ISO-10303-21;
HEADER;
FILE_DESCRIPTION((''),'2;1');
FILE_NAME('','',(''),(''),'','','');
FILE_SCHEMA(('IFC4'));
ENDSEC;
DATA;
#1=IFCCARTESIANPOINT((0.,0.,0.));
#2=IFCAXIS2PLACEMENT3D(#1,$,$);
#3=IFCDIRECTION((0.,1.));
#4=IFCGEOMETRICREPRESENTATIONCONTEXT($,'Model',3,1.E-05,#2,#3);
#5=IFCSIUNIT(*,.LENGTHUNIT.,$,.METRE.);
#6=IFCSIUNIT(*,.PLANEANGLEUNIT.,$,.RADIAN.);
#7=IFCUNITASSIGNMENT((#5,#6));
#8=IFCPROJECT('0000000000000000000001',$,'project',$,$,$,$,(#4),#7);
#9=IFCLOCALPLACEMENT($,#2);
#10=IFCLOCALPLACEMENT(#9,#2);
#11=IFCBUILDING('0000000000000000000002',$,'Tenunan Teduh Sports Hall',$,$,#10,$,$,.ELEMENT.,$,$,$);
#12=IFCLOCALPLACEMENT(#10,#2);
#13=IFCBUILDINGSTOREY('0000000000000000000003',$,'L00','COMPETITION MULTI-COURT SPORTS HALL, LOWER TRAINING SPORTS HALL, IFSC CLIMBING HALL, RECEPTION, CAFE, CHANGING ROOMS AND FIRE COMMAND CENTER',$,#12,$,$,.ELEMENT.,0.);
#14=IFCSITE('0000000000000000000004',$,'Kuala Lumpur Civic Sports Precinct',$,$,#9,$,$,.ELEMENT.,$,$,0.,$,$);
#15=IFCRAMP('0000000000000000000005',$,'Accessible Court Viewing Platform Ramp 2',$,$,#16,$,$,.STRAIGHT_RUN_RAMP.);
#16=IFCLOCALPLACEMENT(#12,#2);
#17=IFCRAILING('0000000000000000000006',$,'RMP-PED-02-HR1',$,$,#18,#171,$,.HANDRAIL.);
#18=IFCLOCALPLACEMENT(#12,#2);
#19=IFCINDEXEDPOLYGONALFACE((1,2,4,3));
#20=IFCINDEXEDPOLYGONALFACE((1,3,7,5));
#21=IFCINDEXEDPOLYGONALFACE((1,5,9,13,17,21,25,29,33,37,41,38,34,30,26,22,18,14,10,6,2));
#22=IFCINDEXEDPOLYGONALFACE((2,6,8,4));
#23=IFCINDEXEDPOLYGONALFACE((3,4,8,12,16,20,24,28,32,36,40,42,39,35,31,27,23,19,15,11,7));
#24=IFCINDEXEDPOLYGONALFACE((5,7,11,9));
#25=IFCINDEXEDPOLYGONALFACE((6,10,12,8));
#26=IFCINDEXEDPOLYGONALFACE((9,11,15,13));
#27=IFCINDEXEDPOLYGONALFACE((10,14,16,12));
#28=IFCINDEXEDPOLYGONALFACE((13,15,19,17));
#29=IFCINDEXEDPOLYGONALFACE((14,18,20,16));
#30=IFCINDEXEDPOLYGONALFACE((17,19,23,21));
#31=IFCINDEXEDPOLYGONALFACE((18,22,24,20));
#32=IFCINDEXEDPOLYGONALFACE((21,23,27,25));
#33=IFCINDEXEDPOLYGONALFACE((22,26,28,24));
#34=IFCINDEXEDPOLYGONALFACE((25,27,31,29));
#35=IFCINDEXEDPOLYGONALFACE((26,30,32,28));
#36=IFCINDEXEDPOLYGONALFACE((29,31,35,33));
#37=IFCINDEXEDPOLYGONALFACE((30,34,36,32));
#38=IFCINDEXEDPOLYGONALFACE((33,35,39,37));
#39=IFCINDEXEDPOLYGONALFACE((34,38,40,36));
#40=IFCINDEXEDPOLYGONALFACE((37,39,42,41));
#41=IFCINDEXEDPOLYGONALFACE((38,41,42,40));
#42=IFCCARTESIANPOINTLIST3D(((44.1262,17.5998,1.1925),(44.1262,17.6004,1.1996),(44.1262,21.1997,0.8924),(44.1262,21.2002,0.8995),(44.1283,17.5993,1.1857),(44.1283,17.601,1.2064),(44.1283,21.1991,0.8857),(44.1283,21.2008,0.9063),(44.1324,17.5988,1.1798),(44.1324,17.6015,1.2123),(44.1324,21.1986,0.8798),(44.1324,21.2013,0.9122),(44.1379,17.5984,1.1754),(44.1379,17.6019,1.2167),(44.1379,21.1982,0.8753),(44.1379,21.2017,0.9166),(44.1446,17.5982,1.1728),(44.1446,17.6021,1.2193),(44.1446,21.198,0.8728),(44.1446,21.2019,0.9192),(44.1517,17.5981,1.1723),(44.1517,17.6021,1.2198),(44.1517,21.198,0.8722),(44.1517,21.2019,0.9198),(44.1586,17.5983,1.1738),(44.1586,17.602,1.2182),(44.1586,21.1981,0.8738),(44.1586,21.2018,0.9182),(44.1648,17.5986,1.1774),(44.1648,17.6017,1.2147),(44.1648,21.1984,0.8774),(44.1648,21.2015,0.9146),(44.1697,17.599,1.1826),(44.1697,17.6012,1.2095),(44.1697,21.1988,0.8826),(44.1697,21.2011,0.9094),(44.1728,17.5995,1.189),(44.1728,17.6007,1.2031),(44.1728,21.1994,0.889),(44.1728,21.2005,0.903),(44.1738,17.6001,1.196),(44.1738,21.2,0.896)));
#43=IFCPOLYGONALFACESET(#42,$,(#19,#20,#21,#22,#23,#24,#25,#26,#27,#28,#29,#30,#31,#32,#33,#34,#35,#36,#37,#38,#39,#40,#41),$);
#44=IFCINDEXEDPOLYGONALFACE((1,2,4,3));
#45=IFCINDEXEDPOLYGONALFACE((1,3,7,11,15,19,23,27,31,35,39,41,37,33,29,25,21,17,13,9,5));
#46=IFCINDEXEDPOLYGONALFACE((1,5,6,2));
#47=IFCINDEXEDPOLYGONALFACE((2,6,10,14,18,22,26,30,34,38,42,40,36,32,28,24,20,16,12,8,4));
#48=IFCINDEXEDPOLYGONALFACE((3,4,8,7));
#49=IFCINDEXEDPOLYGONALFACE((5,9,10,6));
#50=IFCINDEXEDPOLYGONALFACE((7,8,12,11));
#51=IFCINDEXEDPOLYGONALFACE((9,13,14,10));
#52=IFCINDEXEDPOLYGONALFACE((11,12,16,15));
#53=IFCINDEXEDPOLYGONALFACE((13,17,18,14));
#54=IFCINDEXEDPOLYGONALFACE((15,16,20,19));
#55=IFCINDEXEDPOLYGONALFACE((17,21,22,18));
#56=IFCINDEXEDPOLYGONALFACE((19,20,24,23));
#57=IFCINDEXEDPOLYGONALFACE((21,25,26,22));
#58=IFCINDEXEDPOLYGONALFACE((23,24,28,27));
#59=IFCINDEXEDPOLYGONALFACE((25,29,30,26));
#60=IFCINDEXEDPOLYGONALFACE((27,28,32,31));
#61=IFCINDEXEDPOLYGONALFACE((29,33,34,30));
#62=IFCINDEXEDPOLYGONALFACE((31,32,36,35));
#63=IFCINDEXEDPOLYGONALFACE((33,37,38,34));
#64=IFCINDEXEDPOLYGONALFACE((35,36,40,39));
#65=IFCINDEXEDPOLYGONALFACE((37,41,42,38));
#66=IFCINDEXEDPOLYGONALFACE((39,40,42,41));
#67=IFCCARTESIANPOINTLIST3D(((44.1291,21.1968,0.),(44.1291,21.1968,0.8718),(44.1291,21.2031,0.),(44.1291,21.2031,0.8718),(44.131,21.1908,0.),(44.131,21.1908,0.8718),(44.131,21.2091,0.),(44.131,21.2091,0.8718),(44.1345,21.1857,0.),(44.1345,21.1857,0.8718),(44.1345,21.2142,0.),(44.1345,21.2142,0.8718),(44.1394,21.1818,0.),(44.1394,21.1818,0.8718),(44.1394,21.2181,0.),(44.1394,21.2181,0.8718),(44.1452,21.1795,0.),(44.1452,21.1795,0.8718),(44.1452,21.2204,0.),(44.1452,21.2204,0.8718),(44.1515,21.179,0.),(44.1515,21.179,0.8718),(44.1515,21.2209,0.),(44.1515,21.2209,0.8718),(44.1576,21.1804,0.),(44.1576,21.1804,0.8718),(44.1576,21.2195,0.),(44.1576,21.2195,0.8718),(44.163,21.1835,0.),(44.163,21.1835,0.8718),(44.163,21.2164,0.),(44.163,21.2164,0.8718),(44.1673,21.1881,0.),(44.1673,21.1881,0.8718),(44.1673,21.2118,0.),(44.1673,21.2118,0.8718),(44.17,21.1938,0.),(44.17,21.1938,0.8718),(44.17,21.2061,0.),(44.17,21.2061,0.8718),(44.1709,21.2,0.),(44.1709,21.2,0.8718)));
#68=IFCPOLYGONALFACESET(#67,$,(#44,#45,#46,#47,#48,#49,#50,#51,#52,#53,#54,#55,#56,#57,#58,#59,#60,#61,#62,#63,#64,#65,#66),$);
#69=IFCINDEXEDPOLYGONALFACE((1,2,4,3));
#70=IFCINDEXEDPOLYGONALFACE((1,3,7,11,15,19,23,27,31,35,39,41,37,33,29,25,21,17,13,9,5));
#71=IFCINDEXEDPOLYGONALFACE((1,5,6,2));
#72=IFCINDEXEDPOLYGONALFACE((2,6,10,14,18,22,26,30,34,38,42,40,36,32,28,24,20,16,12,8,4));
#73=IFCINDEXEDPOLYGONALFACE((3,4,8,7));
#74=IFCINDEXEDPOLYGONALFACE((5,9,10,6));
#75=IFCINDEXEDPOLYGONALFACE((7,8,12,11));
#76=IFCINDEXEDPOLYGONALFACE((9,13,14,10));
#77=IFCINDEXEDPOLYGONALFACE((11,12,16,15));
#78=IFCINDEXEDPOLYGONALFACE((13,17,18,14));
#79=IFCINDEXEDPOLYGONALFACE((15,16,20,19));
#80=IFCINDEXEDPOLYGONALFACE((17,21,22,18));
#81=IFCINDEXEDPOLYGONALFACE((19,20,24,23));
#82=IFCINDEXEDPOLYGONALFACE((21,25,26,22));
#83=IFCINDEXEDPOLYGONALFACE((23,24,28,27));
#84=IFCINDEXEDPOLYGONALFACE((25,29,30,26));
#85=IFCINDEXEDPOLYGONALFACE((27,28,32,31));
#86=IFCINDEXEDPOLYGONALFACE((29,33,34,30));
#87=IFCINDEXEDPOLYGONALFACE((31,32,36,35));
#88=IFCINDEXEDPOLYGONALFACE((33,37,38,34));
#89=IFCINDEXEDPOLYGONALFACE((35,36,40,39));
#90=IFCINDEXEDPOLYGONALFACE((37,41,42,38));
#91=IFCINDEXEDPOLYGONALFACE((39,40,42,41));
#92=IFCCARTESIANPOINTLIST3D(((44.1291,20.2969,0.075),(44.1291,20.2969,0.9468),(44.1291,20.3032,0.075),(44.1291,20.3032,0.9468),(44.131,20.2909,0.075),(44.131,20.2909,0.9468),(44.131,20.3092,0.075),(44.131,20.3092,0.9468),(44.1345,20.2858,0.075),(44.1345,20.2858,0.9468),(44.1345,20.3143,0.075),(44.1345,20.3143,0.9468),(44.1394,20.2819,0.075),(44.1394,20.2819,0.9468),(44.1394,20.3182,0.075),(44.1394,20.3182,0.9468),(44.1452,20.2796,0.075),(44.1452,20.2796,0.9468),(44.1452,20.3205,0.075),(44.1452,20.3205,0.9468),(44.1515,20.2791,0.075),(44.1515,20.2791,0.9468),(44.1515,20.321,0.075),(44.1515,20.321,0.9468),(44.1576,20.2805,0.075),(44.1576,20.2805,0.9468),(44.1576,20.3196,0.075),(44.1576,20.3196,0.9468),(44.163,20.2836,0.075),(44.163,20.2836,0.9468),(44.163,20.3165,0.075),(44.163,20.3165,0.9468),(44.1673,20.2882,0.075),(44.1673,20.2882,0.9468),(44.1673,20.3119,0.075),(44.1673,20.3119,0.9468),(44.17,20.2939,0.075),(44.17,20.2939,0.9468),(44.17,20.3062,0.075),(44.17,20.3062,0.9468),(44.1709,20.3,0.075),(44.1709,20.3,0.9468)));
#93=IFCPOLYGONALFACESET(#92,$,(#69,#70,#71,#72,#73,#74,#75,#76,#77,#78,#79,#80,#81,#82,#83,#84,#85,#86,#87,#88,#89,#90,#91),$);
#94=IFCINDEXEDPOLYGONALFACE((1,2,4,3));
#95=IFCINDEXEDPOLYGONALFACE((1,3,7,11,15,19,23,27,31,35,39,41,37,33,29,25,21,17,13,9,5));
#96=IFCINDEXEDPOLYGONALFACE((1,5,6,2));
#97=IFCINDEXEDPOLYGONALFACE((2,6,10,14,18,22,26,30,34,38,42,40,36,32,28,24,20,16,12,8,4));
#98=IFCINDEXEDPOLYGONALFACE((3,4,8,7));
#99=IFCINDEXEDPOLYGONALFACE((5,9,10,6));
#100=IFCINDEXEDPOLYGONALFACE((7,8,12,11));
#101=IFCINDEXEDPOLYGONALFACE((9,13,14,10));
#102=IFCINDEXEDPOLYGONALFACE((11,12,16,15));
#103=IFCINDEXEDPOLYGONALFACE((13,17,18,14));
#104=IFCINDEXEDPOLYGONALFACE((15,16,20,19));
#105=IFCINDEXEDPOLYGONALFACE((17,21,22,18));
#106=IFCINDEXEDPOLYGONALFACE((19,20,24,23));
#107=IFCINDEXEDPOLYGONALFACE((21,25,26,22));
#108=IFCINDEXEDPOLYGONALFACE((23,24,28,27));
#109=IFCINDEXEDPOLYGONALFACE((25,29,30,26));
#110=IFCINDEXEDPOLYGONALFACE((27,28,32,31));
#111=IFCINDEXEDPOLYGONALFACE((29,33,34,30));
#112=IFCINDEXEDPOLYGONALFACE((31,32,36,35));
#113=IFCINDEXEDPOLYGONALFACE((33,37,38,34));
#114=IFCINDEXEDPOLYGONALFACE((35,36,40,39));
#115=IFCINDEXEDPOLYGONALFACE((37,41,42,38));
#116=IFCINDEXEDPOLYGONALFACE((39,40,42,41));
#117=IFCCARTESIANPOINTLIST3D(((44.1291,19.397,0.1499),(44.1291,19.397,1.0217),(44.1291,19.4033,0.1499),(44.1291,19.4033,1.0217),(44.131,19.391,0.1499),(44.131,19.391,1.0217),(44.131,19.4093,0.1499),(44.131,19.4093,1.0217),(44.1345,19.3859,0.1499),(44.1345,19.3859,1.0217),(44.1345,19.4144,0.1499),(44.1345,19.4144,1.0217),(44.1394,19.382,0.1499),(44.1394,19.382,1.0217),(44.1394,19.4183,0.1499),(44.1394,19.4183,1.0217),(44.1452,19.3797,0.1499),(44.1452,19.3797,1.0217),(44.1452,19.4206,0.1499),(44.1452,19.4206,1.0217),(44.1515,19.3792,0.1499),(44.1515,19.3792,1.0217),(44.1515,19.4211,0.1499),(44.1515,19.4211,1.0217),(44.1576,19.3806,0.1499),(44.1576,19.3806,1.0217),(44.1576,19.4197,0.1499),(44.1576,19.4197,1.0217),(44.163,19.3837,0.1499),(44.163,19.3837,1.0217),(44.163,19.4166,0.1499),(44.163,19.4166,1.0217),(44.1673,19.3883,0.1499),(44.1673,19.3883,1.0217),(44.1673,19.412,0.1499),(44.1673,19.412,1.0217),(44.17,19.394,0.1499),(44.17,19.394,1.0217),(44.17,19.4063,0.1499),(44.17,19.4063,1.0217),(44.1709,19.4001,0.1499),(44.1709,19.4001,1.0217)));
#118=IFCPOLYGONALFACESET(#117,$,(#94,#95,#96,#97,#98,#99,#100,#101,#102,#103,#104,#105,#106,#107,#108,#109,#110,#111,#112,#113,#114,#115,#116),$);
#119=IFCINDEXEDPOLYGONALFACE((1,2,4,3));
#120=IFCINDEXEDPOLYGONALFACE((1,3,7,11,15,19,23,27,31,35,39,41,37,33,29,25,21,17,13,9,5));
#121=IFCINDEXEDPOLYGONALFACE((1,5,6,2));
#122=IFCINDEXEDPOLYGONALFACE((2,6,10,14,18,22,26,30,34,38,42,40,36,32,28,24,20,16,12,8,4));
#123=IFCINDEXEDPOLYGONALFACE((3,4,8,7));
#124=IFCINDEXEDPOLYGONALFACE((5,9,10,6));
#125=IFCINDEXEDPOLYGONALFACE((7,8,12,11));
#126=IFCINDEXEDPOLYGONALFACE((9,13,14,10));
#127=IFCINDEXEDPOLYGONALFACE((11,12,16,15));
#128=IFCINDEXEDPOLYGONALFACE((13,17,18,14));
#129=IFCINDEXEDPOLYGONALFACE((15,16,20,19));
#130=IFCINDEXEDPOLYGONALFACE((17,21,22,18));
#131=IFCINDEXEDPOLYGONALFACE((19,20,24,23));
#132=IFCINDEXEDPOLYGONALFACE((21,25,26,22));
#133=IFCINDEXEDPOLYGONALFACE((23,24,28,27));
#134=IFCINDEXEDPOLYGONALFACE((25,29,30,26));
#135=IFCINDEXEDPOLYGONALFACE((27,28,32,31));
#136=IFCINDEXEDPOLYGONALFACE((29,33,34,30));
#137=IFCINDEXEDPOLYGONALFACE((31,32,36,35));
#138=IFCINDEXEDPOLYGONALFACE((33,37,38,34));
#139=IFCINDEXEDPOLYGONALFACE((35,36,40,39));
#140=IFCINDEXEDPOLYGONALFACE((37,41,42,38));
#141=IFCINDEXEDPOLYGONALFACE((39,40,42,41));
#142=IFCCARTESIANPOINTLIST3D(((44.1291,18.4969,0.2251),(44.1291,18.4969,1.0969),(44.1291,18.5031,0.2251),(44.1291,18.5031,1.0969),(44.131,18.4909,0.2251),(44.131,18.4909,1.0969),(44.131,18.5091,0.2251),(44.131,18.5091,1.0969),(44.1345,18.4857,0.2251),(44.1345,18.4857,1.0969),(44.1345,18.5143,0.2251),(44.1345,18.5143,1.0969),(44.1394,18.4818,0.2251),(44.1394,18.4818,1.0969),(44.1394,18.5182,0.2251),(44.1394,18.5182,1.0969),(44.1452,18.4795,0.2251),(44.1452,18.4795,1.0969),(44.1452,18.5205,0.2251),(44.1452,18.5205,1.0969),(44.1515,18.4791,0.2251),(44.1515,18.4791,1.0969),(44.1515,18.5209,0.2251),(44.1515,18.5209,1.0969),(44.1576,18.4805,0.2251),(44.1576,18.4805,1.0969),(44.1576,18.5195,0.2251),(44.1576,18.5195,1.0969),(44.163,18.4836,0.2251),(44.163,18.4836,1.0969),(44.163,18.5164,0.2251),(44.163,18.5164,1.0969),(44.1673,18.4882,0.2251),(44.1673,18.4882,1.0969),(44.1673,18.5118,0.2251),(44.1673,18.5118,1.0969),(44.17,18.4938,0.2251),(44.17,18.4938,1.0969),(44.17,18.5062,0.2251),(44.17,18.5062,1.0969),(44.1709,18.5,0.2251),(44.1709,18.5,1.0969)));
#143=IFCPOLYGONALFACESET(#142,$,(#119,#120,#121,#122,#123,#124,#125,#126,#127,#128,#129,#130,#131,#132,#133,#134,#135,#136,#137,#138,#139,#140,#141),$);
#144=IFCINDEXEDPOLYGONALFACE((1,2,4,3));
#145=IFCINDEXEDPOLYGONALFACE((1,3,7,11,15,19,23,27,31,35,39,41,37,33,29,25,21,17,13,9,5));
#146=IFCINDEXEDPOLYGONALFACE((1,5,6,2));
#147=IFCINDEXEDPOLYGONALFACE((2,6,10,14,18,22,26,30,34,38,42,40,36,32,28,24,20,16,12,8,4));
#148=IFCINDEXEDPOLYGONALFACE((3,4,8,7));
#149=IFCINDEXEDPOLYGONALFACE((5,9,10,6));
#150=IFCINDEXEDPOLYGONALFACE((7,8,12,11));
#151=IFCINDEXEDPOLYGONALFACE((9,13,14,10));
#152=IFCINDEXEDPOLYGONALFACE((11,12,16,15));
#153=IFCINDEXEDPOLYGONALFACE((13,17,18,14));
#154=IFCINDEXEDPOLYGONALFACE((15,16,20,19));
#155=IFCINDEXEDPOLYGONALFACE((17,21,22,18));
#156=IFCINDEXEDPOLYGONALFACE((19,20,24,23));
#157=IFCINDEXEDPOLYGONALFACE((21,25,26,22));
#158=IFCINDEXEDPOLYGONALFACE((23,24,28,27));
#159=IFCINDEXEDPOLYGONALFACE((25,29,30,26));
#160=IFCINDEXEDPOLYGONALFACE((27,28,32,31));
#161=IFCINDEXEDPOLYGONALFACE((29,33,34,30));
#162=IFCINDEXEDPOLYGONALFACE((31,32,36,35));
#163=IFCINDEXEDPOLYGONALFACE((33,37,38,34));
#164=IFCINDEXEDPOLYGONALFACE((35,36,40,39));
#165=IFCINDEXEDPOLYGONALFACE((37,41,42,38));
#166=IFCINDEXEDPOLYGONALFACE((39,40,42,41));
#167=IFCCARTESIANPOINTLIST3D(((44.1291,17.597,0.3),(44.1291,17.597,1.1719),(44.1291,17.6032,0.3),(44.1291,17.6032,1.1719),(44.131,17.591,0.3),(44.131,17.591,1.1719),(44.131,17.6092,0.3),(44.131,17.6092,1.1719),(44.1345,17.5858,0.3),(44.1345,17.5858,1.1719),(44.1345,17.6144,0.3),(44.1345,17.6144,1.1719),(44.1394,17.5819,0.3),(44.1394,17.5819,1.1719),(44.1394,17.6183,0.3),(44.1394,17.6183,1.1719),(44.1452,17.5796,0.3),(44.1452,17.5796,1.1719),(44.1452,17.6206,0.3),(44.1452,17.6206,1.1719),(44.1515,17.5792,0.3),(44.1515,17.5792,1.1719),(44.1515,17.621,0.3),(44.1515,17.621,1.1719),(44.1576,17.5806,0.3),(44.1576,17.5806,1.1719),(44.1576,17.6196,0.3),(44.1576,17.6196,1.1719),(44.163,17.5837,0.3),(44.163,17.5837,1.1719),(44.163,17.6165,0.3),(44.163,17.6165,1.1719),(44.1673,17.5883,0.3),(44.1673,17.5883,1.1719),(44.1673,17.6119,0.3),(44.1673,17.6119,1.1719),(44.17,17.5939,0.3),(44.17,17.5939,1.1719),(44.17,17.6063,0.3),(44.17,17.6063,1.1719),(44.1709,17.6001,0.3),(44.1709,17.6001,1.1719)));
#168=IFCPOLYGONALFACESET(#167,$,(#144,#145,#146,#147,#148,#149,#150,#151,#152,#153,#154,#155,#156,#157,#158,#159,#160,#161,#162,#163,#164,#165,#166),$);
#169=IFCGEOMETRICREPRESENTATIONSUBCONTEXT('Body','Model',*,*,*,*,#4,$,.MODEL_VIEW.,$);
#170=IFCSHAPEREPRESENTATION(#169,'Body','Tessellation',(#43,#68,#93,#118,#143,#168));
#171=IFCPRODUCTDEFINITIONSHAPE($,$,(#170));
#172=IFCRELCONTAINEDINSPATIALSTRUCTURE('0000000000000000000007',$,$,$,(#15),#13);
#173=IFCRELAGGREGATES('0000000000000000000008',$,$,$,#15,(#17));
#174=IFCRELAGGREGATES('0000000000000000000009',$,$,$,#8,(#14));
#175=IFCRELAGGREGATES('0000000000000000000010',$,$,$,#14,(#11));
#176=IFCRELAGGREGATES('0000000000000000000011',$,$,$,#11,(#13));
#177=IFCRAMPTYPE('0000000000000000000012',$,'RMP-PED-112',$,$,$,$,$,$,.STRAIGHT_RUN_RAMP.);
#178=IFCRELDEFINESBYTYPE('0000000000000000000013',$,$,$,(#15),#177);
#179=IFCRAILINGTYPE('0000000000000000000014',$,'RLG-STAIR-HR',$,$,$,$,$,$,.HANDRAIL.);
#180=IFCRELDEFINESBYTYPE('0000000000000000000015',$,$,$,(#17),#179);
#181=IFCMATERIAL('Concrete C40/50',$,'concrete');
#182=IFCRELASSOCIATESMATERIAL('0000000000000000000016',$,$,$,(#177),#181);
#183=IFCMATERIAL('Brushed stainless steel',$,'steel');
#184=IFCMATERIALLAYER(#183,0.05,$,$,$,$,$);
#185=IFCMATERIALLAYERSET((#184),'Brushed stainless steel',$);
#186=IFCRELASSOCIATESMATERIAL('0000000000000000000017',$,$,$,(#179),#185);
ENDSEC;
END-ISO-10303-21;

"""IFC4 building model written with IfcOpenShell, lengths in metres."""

from ifc_helpers import new_model, si_unit, direction, frame, origin, origin_2d, place, context, subcontext, project, spatial, circle, extrude, material, layer, layer_set, type_object, element, aggregate, save


model = new_model("IFC4")

# Units and contexts
model_context = context("Model", 3, precision=1e-05, world=origin(), true_north=direction((0.0, 1.0)))
body_context = subcontext(model_context, "Body", "Model", "MODEL_VIEW")
ifc_project = project(units=[si_unit("LENGTHUNIT", "METRE"), si_unit("PLANEANGLEUNIT", "RADIAN")], contexts=[model_context])

# Site, building, storey
site_placement = place(None, origin())
site = spatial("IfcSite", under=ifc_project, at=site_placement, Name="Kuala Lumpur Civic Sports Precinct", CompositionType="ELEMENT", RefElevation=0.0)
building_placement = place(site_placement, origin())
building = spatial("IfcBuilding", under=site, at=building_placement, Name="Tenunan Teduh Sports Hall", CompositionType="ELEMENT")
storey_placement = place(building_placement, origin())
storey = spatial("IfcBuildingStorey", under=building, at=storey_placement, Name="L00", Description="COMPETITION MULTI-COURT SPORTS HALL, LOWER TRAINING SPORTS HALL, IFSC CLIMBING HALL, RECEPTION, CAFE, CHANGING ROOMS AND FIRE COMMAND CENTER", CompositionType="ELEMENT", Elevation=0.0)

# Ramp
ifc_material_1 = material(Name="Concrete C40/50", Category="concrete")
ramp_type = type_object("IfcRampType", Name="RMP-PED-112", PredefinedType="STRAIGHT_RUN_RAMP", material=ifc_material_1)
ramp_placement = place(storey_placement, origin())
ramp = element("IfcRamp", 1, at=ramp_placement, inside=storey, type_object=ramp_type, Name="Accessible Court Viewing Platform Ramp 2", PredefinedType="STRAIGHT_RUN_RAMP")

# Railing
ifc_material_2 = material(Name="Brushed stainless steel", Category="steel")
ifc_layer_1 = layer(ifc_material_2, 0.05)
ifc_layer_set_1 = layer_set([ifc_layer_1], Name="Brushed stainless steel")
railing_type = type_object("IfcRailingType", Name="RLG-STAIR-HR", PredefinedType="HANDRAIL", material=ifc_layer_set_1)
railing_1_placement = place(storey_placement, frame((44.1499, 21.2, 0.0)))
railing_1 = element("IfcRailing", 2, at=railing_1_placement, type_object=railing_type, Name="RMP-PED-02-HR1", PredefinedType="HANDRAIL", context=body_context, shape_type="SweptSolid", body=[
    extrude(circle(Radius=0.0239, at=origin_2d()), frame((0.0, 0.0, 0.896), z_axis=(0.0, -0.996544, 0.083062), x_axis=(1.0, 0.0, 0.0)), (0.0, 0.0, 1.0), 3.6123),
    extrude(circle(Radius=0.021, at=origin_2d()), origin(), (0.0, 0.0, 1.0), 0.8718),
    extrude(circle(Radius=0.021, at=origin_2d()), frame((0.0, -0.8999, 0.075)), (0.0, 0.0, 1.0), 0.8718),
    extrude(circle(Radius=0.021, at=origin_2d()), frame((0.0, -1.7998, 0.1499)), (0.0, 0.0, 1.0), 0.8718),
    extrude(circle(Radius=0.021, at=origin_2d()), frame((0.0, -2.7, 0.2251)), (0.0, 0.0, 1.0), 0.8718),
    extrude(circle(Radius=0.021, at=origin_2d()), frame((0.0, -3.5999, 0.3)), (0.0, 0.0, 1.0), 0.8718),
])
aggregate(ramp, [railing_1])

save(model, "model.ifc")
